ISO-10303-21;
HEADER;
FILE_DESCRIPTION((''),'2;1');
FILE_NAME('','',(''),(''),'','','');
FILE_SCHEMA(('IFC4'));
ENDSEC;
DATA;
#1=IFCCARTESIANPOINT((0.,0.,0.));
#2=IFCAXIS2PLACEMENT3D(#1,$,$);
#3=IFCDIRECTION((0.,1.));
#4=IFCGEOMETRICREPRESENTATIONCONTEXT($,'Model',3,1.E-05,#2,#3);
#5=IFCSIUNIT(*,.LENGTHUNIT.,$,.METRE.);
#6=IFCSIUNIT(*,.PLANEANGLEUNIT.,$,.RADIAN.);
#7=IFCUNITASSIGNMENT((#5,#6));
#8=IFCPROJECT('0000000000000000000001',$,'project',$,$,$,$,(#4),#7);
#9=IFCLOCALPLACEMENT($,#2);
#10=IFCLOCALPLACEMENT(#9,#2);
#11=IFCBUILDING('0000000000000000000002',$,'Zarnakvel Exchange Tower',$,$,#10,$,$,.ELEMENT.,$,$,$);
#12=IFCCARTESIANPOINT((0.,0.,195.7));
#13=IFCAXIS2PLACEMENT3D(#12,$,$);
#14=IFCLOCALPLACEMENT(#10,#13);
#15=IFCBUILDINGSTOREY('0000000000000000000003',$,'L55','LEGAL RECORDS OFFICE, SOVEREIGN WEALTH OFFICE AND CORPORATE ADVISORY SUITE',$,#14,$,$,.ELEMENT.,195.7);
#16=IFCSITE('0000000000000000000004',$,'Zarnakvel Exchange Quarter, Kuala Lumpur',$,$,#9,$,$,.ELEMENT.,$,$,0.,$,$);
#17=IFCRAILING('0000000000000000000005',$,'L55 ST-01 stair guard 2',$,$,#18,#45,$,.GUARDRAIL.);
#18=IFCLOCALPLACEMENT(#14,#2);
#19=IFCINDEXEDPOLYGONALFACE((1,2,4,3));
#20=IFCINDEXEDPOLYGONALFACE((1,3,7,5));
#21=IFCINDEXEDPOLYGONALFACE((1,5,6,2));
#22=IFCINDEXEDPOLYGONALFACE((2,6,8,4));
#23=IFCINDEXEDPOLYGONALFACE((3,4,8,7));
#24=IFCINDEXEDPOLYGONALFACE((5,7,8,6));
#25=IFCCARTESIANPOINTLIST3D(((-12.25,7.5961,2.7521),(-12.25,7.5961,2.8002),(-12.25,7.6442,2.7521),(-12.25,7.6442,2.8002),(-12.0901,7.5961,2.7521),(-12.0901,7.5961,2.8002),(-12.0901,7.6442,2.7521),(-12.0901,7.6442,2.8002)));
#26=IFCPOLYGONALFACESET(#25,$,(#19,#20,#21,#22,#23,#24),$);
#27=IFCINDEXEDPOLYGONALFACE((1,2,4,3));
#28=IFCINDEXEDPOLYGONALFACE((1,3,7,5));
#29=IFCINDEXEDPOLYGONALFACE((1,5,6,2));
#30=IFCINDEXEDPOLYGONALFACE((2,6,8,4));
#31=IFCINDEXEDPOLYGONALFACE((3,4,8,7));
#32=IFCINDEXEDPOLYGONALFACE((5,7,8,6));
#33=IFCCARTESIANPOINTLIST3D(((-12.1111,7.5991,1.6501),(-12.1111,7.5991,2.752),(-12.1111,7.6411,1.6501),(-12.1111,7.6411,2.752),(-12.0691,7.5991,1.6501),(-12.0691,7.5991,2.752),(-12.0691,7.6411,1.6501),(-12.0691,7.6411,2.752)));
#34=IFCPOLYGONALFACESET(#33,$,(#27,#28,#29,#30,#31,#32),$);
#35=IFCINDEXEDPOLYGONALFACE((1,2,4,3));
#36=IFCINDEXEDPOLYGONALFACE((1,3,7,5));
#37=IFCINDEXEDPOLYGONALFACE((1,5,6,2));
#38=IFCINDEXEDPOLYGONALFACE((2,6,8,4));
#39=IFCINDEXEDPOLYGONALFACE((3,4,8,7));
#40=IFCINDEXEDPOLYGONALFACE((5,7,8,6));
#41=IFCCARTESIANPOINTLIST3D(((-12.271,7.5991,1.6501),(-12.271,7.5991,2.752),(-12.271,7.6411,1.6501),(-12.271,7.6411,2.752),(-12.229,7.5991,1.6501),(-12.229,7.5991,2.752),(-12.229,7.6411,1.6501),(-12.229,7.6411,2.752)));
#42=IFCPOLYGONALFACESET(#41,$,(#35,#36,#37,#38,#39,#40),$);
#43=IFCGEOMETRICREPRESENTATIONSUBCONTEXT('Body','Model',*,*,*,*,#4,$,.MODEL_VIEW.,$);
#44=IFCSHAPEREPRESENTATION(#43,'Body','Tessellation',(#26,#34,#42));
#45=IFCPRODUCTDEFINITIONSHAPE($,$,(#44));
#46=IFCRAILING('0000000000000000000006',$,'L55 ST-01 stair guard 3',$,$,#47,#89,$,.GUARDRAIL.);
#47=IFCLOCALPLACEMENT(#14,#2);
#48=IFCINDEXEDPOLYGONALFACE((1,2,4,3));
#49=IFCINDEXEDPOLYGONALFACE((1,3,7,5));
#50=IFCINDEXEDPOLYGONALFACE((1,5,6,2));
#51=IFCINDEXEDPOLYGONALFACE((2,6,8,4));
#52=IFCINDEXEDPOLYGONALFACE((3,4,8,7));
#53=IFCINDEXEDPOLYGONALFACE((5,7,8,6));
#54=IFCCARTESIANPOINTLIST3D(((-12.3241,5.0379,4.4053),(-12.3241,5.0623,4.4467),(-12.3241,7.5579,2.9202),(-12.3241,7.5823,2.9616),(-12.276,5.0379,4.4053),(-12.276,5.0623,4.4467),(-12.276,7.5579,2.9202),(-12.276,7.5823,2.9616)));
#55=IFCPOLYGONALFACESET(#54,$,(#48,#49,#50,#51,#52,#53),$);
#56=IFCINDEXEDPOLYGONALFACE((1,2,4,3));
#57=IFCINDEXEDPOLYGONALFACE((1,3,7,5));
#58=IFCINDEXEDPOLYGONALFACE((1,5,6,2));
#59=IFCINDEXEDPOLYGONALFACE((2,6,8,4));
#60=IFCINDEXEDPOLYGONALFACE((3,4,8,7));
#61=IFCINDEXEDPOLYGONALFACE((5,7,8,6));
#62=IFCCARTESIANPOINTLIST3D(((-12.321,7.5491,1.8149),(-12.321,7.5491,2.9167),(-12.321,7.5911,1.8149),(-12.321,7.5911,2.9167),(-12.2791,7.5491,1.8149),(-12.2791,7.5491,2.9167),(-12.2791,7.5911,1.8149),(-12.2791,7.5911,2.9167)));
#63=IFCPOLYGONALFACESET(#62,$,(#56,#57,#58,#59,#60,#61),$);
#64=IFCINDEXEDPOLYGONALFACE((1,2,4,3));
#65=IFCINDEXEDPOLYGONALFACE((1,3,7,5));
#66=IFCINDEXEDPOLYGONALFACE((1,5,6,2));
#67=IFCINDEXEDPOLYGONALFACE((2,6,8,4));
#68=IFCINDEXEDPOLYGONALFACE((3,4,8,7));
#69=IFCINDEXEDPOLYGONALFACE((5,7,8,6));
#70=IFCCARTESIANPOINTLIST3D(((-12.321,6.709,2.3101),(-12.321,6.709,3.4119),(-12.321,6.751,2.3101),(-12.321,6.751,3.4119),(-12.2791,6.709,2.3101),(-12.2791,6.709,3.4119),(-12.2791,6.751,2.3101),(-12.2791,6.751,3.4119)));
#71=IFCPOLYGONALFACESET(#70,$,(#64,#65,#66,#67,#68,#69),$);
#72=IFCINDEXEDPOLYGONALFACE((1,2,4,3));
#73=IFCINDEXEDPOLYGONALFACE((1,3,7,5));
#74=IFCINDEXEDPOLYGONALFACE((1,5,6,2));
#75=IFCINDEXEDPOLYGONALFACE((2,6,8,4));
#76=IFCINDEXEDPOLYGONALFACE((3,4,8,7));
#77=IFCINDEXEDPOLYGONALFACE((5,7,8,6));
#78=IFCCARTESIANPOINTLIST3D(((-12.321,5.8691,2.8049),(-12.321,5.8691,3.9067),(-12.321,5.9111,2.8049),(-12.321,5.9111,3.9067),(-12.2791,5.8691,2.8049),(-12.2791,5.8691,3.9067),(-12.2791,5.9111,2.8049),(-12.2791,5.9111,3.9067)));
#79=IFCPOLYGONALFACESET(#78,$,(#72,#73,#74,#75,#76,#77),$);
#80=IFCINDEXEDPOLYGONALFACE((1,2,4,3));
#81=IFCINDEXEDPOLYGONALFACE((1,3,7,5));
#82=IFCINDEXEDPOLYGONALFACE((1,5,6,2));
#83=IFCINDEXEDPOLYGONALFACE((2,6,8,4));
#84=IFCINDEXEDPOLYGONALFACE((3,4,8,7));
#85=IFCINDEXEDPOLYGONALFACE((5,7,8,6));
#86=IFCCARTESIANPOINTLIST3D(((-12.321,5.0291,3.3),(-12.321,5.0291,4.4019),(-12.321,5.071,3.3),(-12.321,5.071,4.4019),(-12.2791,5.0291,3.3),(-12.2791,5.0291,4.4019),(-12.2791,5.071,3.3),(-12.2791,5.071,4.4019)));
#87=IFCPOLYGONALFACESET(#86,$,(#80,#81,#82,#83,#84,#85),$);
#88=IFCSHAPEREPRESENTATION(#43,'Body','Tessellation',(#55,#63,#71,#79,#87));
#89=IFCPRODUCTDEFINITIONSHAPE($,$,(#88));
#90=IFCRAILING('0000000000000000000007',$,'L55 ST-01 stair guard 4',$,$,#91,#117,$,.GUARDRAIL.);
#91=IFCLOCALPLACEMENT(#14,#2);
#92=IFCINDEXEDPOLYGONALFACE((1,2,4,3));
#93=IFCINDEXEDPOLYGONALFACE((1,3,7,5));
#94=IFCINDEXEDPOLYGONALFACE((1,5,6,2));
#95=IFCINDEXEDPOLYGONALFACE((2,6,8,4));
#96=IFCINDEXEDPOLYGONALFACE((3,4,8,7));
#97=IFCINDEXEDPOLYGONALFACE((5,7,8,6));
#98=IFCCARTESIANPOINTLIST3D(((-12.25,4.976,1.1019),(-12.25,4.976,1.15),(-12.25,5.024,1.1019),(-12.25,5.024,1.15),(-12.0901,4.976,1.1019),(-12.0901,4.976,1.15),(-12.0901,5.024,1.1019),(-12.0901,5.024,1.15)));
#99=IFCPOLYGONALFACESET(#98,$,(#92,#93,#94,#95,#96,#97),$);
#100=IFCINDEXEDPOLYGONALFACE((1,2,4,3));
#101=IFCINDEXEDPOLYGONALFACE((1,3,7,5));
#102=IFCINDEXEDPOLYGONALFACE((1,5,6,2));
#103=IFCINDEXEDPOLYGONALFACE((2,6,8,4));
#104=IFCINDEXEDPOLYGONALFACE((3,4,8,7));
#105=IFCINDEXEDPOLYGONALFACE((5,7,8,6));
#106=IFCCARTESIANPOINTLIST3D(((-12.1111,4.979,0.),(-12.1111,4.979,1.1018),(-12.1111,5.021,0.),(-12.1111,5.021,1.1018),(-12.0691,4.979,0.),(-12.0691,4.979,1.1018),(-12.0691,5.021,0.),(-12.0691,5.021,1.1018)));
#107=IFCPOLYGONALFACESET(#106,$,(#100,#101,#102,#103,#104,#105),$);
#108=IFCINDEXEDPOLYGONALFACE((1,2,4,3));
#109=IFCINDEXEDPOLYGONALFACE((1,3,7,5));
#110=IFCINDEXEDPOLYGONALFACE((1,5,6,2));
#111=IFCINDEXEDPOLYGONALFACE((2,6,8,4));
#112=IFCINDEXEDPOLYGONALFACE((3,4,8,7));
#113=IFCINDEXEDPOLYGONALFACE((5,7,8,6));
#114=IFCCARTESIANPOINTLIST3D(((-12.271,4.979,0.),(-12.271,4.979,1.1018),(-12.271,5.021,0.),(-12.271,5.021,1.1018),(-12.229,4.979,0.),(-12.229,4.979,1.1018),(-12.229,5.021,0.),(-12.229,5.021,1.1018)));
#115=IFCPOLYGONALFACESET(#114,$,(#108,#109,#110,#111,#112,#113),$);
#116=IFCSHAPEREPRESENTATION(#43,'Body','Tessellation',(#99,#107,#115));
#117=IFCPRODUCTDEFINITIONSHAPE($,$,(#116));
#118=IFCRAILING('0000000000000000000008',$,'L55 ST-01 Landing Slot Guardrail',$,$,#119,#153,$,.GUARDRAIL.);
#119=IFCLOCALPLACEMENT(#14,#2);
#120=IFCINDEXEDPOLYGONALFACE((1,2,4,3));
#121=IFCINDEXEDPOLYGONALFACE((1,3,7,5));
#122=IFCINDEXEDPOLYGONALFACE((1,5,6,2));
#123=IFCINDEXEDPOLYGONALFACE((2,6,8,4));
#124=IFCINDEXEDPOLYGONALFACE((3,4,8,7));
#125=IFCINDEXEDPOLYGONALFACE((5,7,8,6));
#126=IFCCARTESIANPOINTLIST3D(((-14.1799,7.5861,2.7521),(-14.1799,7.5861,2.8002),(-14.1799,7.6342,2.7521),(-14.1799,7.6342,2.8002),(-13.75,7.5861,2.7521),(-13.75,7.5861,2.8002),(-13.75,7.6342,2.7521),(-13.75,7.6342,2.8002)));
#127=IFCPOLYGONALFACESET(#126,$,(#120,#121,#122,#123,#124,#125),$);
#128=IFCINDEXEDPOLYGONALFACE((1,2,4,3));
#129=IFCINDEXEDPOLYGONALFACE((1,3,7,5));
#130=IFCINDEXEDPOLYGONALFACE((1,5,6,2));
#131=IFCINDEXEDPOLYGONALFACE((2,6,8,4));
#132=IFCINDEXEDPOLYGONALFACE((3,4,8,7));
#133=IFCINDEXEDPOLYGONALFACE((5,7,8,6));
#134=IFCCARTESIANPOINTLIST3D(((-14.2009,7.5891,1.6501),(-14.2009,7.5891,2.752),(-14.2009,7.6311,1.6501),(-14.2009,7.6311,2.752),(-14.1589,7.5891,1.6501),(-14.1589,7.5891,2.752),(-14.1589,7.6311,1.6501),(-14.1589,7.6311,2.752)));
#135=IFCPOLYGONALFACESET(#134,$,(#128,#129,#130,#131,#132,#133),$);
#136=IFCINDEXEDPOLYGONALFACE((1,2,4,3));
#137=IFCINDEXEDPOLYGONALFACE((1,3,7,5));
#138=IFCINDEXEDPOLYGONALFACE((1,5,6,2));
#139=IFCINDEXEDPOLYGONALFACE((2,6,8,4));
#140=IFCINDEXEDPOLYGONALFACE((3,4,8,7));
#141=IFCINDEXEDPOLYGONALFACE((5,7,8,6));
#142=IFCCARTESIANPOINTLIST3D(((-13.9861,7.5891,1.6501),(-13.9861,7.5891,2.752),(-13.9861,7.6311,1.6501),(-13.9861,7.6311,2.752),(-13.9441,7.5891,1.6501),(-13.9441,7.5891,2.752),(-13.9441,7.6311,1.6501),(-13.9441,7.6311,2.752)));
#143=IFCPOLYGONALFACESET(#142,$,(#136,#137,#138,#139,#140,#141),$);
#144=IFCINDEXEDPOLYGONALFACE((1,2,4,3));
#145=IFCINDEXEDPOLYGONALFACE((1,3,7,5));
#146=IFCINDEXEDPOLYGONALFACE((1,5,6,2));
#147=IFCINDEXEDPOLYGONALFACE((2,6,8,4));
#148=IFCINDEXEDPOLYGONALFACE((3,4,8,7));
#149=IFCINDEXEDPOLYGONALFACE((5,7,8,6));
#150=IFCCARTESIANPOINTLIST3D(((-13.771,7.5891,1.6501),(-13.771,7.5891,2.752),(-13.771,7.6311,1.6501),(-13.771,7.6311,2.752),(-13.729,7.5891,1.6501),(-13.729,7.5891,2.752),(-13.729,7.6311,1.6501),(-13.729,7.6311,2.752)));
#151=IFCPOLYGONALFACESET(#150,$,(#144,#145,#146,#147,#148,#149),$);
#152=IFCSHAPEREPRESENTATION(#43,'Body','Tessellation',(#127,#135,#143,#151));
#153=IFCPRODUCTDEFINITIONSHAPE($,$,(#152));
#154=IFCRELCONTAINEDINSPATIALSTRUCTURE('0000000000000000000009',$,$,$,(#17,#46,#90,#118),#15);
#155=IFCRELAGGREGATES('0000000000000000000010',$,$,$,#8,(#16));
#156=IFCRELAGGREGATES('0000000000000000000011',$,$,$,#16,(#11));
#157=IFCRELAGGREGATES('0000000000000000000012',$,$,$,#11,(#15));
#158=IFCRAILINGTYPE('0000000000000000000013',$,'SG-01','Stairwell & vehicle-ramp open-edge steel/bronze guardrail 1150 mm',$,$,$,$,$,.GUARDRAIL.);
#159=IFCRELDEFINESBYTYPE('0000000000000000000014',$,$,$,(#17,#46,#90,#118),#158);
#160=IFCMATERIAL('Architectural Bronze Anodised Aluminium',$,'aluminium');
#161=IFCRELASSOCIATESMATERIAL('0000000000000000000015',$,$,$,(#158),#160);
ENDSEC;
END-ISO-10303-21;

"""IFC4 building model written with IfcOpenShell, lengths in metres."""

from ifc_helpers import new_model, si_unit, direction, frame, origin, origin_2d, place, context, subcontext, project, spatial, rectangle, extrude, material, type_object, element, save


model = new_model("IFC4")

# Units and contexts
model_context = context("Model", 3, precision=1e-05, world=origin(), true_north=direction((0.0, 1.0)))
body_context = subcontext(model_context, "Body", "Model", "MODEL_VIEW")
ifc_project = project(units=[si_unit("LENGTHUNIT", "METRE"), si_unit("PLANEANGLEUNIT", "RADIAN")], contexts=[model_context])

# Site, building, storey
site_placement = place(None, origin())
site = spatial("IfcSite", under=ifc_project, at=site_placement, Name="Zarnakvel Exchange Quarter, Kuala Lumpur", CompositionType="ELEMENT", RefElevation=0.0)
building_placement = place(site_placement, origin())
building = spatial("IfcBuilding", under=site, at=building_placement, Name="Zarnakvel Exchange Tower", CompositionType="ELEMENT")
storey_placement = place(building_placement, frame((0.0, 0.0, 195.7)))
storey = spatial("IfcBuildingStorey", under=building, at=storey_placement, Name="L55", Description="LEGAL RECORDS OFFICE, SOVEREIGN WEALTH OFFICE AND CORPORATE ADVISORY SUITE", CompositionType="ELEMENT", Elevation=195.7)

# Shared definitions
ifc_material_1 = material(Name="Architectural Bronze Anodised Aluminium", Category="aluminium")

# Railings
railing_type_1 = type_object("IfcRailingType", Name="SG-01", Description="Stairwell & vehicle-ramp open-edge steel/bronze guardrail 1150 mm", PredefinedType="GUARDRAIL", material=ifc_material_1)
railing_1_placement = place(storey_placement, frame((-12.0901, 7.6201, 1.6501)))
element("IfcRailing", 1, at=railing_1_placement, inside=storey, type_object=railing_type_1, Name="L55 ST-01 stair guard 2", PredefinedType="GUARDRAIL", context=body_context, shape_type="SweptSolid", body=[
    extrude(rectangle(XDim=0.0481, YDim=0.0481, at=origin_2d()), frame((0.0, 0.0, 1.126), z_axis=(-1.0, 0.0, 0.0), x_axis=(0.0, -1.0, 0.0)), (0.0, 0.0, 1.0), 0.1599),
    extrude(rectangle(XDim=0.042, YDim=0.042, at=origin_2d()), origin(), (0.0, 0.0, 1.0), 1.1018),
    extrude(rectangle(XDim=0.042, YDim=0.042, at=origin_2d()), frame((-0.1599, 0.0, 0.0)), (0.0, 0.0, 1.0), 1.1018),
])
railing_2_placement = place(storey_placement, frame((-12.3, 7.5701, 1.8149)))
element("IfcRailing", 2, at=railing_2_placement, inside=storey, type_object=railing_type_1, Name="L55 ST-01 stair guard 3", PredefinedType="GUARDRAIL", context=body_context, shape_type="SweptSolid", body=[
    extrude(rectangle(XDim=0.0481, YDim=0.0481, at=origin_2d()), frame((0.0, 0.0, 1.126), z_axis=(0.0, -0.861524, 0.507717), x_axis=(1.0, 0.0, 0.0)), (0.0, 0.0, 1.0), 2.925),
    extrude(rectangle(XDim=0.042, YDim=0.042, at=origin_2d()), origin(), (0.0, 0.0, 1.0), 1.1018),
    extrude(rectangle(XDim=0.042, YDim=0.042, at=origin_2d()), frame((0.0, -0.8401, 0.4951)), (0.0, 0.0, 1.0), 1.1018),
    extrude(rectangle(XDim=0.042, YDim=0.042, at=origin_2d()), frame((0.0, -1.6799, 0.99)), (0.0, 0.0, 1.0), 1.1018),
    extrude(rectangle(XDim=0.042, YDim=0.042, at=origin_2d()), frame((0.0, -2.52, 1.4851)), (0.0, 0.0, 1.0), 1.1018),
])
railing_3_placement = place(storey_placement, frame((-12.0901, 5.0, 0.0)))
element("IfcRailing", 3, at=railing_3_placement, inside=storey, type_object=railing_type_1, Name="L55 ST-01 stair guard 4", PredefinedType="GUARDRAIL", context=body_context, shape_type="SweptSolid", body=[
    extrude(rectangle(XDim=0.0481, YDim=0.0481, at=origin_2d()), frame((0.0, 0.0, 1.126), z_axis=(-1.0, 0.0, 0.0), x_axis=(0.0, -1.0, 0.0)), (0.0, 0.0, 1.0), 0.1599),
    extrude(rectangle(XDim=0.042, YDim=0.042, at=origin_2d()), origin(), (0.0, 0.0, 1.0), 1.1018),
    extrude(rectangle(XDim=0.042, YDim=0.042, at=origin_2d()), frame((-0.1599, 0.0, 0.0)), (0.0, 0.0, 1.0), 1.1018),
])
railing_4_placement = place(storey_placement, frame((-14.1799, 7.6101, 1.6501)))
element("IfcRailing", 4, at=railing_4_placement, inside=storey, type_object=railing_type_1, Name="L55 ST-01 Landing Slot Guardrail", PredefinedType="GUARDRAIL", context=body_context, shape_type="SweptSolid", body=[
    extrude(rectangle(XDim=0.0481, YDim=0.0481, at=origin_2d()), frame((0.0, 0.0, 1.126), z_axis=(1.0, 0.0, 0.0), x_axis=(0.0, 1.0, 0.0)), (0.0, 0.0, 1.0), 0.4299),
    extrude(rectangle(XDim=0.042, YDim=0.042, at=origin_2d()), origin(), (0.0, 0.0, 1.0), 1.1018),
    extrude(rectangle(XDim=0.042, YDim=0.042, at=origin_2d()), frame((0.2148, 0.0, 0.0)), (0.0, 0.0, 1.0), 1.1018),
    extrude(rectangle(XDim=0.042, YDim=0.042, at=origin_2d()), frame((0.4299, 0.0, 0.0)), (0.0, 0.0, 1.0), 1.1018),
])

save(model, "model.ifc")
